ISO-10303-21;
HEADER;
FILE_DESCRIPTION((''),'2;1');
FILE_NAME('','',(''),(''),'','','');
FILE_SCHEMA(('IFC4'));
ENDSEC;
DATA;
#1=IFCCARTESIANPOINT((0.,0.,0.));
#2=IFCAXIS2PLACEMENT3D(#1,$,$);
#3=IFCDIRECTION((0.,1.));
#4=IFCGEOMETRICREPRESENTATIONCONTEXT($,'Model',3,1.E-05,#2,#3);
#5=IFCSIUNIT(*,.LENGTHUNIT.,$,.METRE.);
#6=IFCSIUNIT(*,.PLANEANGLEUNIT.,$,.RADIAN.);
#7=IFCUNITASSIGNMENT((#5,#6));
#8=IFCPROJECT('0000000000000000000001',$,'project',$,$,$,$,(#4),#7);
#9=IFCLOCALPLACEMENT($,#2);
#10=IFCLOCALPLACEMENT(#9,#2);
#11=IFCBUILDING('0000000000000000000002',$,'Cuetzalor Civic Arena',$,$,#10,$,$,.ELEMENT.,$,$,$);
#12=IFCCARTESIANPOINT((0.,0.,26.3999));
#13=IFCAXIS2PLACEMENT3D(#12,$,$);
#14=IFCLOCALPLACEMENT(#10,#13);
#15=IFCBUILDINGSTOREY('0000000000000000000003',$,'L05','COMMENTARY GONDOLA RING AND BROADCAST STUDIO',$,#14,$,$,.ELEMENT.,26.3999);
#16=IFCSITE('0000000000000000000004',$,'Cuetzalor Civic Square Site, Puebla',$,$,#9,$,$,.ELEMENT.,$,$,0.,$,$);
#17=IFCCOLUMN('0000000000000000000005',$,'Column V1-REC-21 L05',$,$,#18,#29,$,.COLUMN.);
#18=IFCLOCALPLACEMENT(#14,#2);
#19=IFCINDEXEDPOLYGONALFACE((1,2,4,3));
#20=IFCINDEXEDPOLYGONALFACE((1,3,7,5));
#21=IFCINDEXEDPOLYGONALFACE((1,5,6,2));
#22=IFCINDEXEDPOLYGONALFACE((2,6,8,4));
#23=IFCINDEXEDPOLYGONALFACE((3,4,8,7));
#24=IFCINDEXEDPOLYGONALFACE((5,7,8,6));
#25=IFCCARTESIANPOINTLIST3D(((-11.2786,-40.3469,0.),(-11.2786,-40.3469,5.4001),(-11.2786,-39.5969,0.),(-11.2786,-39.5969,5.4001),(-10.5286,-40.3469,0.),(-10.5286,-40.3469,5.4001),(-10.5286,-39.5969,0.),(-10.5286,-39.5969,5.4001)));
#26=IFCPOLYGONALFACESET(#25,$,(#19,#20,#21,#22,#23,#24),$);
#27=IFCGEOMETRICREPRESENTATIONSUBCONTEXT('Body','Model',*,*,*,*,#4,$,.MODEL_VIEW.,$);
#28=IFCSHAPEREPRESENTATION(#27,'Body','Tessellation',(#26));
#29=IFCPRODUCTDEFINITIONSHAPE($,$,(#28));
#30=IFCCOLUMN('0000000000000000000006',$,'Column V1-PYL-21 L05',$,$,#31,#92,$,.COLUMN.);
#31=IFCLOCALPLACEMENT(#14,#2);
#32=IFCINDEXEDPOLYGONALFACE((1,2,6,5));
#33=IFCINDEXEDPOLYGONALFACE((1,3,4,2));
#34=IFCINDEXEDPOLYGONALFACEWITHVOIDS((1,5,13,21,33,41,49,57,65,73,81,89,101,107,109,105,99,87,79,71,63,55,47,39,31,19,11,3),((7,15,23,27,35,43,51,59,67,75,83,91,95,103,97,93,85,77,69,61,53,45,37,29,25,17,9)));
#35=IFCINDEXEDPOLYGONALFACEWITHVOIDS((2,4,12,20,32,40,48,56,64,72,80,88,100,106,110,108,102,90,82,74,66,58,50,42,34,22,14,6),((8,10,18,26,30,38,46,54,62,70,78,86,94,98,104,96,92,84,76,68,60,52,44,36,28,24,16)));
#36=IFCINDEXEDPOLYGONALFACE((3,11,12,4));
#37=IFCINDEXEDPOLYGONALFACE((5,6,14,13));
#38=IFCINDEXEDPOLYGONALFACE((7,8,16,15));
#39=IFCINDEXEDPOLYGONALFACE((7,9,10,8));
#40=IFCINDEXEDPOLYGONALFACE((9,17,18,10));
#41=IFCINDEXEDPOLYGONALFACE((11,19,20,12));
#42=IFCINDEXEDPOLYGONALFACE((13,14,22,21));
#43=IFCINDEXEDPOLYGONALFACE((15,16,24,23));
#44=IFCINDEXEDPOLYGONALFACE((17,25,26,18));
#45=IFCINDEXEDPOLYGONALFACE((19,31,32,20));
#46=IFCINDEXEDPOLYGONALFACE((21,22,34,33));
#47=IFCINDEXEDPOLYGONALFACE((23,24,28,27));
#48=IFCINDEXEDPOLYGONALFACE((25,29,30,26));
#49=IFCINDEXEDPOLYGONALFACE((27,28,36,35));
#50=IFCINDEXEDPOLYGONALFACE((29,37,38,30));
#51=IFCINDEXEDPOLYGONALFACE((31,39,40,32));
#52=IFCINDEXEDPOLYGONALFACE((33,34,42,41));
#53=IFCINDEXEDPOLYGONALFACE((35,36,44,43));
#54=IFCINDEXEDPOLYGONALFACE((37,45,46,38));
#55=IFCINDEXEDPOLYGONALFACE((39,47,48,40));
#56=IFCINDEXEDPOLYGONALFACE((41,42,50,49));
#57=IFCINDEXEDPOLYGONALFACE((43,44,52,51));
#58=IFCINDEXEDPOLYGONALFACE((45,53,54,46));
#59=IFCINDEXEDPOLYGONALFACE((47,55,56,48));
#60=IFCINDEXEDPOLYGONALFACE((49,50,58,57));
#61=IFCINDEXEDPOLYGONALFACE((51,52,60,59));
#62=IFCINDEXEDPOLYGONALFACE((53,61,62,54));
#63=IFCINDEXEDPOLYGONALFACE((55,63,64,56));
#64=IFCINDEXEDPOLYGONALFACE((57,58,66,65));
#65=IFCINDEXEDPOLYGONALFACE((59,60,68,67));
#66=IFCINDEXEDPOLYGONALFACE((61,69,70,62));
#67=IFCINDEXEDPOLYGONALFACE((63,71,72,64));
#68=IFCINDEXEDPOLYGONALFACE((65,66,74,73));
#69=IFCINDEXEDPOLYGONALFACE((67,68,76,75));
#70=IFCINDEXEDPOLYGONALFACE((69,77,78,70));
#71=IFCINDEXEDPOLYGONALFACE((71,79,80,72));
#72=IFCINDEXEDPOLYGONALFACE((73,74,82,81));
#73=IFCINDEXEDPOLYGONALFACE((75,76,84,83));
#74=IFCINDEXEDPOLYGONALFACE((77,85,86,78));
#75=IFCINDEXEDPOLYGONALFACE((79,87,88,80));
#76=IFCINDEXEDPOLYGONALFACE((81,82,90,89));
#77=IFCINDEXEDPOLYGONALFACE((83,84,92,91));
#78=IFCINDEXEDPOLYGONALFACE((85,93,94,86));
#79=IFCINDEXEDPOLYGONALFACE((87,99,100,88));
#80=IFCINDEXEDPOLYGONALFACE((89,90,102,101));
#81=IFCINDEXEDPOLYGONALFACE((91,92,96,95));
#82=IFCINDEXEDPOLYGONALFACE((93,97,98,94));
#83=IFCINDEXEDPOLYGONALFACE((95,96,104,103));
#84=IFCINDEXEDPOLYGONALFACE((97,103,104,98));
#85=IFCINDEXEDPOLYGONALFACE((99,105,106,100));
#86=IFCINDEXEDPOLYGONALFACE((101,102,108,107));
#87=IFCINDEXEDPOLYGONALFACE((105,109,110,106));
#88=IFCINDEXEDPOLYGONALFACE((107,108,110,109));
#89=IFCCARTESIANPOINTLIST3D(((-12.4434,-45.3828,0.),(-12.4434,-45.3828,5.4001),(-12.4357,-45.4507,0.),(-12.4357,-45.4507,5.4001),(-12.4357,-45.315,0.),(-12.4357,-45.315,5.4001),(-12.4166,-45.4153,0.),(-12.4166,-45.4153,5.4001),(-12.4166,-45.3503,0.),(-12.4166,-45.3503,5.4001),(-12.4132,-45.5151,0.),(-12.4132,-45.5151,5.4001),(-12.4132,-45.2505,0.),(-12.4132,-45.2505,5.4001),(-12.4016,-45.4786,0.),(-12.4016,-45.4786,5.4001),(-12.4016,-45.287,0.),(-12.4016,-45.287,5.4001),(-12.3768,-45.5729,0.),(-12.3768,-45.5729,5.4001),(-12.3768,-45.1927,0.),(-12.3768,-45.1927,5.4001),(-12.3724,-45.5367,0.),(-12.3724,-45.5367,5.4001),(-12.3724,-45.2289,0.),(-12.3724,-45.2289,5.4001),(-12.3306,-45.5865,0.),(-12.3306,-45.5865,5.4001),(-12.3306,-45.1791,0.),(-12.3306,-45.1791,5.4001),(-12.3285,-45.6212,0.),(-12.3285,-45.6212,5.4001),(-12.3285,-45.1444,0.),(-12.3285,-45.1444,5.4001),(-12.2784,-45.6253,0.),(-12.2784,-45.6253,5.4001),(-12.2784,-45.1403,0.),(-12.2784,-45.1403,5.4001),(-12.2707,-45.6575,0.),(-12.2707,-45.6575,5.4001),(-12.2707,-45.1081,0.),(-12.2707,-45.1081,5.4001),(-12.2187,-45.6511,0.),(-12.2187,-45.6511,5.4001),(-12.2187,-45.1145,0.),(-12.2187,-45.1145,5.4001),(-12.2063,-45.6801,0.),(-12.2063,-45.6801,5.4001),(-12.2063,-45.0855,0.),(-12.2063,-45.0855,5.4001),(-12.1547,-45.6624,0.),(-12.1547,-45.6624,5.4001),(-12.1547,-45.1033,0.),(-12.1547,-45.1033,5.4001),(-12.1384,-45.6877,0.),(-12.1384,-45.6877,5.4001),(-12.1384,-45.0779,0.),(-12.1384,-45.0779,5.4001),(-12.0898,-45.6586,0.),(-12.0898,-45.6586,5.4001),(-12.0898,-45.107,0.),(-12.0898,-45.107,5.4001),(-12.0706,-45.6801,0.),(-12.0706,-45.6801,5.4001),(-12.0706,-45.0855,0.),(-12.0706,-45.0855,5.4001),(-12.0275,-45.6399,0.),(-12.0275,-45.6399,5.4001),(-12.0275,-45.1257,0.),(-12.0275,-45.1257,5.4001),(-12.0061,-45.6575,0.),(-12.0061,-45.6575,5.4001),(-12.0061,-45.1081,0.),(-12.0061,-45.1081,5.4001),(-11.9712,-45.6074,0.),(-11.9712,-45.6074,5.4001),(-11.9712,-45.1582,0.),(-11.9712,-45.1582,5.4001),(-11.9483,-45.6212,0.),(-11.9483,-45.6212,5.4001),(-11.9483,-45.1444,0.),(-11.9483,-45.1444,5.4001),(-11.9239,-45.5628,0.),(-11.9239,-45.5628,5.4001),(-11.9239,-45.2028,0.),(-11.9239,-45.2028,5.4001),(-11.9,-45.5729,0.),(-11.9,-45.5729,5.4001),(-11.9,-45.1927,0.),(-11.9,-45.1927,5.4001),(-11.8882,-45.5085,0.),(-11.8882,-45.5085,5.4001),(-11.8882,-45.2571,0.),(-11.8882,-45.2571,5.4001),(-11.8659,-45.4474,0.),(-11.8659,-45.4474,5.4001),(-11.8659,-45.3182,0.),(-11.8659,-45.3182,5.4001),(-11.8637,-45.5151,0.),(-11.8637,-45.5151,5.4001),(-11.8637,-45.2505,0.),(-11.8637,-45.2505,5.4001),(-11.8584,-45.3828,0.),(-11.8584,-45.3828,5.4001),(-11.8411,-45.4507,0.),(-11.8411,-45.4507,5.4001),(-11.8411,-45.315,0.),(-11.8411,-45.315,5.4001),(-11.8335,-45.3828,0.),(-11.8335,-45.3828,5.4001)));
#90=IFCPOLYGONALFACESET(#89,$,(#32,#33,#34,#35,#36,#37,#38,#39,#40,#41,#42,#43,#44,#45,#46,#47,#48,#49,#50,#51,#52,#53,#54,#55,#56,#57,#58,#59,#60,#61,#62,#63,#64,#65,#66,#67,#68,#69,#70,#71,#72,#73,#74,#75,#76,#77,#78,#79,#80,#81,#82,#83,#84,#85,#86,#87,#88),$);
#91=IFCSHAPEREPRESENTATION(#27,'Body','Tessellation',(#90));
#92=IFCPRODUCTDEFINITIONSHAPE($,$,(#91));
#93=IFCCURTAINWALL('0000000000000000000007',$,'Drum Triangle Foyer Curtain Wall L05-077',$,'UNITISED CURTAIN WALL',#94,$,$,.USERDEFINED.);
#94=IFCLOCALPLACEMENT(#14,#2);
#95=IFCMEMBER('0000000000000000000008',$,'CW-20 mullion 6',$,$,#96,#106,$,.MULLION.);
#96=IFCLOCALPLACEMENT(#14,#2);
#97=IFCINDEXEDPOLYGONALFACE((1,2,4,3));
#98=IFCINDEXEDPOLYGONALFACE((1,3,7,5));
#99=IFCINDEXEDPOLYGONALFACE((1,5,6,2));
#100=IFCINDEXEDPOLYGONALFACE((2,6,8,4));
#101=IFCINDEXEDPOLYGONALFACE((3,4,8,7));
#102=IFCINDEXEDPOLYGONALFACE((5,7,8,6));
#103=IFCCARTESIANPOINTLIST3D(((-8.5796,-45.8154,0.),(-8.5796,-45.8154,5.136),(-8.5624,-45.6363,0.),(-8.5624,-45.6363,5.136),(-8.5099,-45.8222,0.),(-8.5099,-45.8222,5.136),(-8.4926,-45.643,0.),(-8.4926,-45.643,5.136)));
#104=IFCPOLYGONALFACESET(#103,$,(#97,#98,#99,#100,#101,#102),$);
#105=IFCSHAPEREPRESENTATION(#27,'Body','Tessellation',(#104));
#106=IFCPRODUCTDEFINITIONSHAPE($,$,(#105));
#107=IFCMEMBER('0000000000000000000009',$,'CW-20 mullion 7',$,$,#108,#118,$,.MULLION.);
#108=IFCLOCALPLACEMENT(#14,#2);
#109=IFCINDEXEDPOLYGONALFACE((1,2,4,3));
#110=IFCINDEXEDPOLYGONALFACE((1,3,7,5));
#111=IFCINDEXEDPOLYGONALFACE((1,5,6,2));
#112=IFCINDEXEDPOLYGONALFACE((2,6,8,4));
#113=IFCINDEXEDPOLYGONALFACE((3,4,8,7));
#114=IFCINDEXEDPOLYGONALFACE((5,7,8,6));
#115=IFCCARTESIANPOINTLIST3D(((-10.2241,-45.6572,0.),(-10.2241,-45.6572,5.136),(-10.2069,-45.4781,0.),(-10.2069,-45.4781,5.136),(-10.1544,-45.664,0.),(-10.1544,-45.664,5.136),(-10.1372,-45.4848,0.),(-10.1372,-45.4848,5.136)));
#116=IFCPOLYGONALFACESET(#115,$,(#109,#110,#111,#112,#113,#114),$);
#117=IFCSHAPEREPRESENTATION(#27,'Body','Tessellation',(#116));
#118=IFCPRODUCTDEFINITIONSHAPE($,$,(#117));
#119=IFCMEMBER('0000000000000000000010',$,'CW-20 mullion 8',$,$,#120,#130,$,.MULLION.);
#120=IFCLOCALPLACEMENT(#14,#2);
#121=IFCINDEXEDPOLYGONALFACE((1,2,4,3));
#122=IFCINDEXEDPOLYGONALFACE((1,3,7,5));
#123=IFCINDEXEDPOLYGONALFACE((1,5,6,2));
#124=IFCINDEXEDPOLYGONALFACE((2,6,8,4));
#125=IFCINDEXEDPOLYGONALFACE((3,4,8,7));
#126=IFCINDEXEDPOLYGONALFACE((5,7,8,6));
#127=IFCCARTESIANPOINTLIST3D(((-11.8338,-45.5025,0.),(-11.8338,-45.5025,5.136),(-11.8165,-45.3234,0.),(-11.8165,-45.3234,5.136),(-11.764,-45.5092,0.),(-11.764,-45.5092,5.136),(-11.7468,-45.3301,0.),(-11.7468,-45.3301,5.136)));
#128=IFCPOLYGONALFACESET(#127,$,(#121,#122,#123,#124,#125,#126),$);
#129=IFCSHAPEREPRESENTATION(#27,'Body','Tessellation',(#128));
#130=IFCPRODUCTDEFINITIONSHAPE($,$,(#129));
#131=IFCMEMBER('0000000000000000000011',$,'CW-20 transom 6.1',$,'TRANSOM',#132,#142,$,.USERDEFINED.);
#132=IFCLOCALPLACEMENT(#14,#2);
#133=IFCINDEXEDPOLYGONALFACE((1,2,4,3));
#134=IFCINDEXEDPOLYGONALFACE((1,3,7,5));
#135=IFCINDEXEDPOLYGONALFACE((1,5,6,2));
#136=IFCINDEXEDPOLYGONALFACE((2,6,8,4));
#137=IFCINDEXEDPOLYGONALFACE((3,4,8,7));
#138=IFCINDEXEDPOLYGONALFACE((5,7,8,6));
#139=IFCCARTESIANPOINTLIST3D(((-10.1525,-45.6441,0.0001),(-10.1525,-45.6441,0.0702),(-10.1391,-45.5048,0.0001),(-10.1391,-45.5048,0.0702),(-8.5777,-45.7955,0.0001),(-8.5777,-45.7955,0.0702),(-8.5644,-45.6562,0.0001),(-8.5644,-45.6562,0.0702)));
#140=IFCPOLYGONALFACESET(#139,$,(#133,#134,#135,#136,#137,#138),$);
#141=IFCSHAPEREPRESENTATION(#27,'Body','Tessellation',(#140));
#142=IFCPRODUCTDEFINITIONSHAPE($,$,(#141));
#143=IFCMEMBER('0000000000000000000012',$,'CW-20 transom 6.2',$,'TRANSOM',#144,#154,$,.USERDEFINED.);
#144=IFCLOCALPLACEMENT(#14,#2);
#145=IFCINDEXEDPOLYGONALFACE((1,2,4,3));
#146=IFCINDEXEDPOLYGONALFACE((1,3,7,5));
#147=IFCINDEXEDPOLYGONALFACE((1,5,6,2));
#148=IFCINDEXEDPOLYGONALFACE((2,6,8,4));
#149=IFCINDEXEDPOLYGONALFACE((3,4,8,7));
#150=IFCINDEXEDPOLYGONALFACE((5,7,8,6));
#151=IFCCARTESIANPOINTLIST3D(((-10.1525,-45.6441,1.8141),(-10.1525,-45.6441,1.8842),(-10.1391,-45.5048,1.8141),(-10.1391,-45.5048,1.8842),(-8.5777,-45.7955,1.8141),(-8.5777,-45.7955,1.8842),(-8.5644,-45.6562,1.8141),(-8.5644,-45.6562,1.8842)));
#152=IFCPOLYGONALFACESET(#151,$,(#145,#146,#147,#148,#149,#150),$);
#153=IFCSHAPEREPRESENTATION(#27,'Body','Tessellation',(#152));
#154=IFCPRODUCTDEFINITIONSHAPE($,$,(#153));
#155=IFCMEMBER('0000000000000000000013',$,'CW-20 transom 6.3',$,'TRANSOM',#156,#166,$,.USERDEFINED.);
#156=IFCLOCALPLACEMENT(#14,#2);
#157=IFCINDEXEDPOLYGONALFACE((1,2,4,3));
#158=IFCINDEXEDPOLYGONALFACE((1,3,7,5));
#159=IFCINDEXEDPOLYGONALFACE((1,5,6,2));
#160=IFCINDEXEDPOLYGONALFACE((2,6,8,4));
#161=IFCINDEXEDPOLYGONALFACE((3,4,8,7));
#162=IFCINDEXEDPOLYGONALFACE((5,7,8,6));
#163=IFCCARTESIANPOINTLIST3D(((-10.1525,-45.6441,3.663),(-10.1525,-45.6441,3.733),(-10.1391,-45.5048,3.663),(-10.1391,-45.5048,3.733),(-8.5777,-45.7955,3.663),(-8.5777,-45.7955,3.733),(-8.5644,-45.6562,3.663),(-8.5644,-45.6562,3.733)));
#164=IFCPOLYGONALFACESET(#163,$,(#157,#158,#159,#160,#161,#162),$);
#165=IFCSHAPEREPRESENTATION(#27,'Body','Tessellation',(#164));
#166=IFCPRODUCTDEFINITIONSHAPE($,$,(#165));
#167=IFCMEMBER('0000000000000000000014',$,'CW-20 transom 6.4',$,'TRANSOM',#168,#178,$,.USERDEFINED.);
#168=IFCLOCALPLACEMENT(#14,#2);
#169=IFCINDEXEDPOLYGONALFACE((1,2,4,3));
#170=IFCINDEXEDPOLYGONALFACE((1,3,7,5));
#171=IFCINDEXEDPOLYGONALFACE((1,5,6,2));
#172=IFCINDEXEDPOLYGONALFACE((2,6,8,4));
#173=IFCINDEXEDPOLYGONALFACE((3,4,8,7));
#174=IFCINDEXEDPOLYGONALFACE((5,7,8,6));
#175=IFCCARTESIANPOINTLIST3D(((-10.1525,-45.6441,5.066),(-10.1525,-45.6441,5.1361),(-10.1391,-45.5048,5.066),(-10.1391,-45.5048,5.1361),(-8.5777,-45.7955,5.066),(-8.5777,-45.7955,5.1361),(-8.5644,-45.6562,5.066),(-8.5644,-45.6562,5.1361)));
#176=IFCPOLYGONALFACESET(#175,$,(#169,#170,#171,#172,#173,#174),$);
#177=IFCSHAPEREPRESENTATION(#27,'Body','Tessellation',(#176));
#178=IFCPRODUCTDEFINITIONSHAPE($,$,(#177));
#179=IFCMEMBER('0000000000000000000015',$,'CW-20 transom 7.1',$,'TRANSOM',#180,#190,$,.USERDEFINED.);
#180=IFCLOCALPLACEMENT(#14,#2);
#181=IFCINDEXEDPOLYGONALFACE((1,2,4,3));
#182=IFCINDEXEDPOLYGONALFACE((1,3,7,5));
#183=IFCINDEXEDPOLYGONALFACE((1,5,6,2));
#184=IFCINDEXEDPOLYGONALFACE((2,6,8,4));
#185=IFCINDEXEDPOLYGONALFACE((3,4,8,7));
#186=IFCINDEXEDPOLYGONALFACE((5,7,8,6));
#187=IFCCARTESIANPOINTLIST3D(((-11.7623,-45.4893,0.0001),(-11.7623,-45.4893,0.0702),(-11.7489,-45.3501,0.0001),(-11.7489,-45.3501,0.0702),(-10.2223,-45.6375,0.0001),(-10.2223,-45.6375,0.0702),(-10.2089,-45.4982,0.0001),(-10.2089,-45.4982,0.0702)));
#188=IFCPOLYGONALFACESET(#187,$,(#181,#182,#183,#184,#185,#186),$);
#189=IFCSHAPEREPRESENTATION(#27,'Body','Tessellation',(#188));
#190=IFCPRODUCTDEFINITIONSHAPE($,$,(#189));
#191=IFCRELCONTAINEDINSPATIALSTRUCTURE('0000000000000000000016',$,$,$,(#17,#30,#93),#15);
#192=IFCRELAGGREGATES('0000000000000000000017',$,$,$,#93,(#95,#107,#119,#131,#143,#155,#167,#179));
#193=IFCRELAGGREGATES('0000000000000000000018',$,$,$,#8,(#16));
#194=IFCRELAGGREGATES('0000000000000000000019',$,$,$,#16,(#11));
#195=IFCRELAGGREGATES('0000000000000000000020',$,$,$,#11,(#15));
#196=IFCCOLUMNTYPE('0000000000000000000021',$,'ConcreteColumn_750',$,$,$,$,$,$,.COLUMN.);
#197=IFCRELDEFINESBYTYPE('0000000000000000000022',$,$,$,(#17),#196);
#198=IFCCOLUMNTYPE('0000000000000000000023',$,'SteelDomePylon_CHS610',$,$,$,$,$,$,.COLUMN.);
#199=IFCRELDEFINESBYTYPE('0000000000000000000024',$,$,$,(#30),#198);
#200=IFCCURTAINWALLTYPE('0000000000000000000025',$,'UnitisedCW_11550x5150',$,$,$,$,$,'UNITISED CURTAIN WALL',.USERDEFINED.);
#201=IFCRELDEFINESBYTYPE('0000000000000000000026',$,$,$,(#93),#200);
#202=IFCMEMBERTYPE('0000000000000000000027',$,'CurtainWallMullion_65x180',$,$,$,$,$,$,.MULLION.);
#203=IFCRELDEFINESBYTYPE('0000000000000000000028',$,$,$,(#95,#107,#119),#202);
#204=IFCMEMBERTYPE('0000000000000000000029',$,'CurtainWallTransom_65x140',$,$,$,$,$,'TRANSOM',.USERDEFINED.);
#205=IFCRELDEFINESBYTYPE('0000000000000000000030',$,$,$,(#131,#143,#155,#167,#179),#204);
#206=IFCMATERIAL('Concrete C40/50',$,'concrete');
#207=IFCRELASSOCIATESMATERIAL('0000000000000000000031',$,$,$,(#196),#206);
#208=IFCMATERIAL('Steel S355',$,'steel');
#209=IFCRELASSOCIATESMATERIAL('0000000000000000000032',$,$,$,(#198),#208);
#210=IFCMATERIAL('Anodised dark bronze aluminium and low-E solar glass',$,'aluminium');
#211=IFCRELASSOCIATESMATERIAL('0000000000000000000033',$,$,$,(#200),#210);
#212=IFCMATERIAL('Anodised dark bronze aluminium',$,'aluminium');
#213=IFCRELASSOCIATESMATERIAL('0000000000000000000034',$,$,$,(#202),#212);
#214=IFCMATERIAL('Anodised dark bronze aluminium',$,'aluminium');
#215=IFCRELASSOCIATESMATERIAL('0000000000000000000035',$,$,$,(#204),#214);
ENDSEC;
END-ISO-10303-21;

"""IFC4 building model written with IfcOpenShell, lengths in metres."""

from ifc_helpers import new_model, si_unit, direction, frame, origin, origin_2d, place, context, subcontext, project, spatial, rectangle, hollow_circle, extrude, material, material_profile, profile_set, type_object, element, aggregate, save


model = new_model("IFC4")

# Units and contexts
model_context = context("Model", 3, precision=1e-05, world=origin(), true_north=direction((0.0, 1.0)))
body_context = subcontext(model_context, "Body", "Model", "MODEL_VIEW")
ifc_project = project(units=[si_unit("LENGTHUNIT", "METRE"), si_unit("PLANEANGLEUNIT", "RADIAN")], contexts=[model_context])

# Site, building, storey
site_placement = place(None, origin())
site = spatial("IfcSite", under=ifc_project, at=site_placement, Name="Cuetzalor Civic Square Site, Puebla", CompositionType="ELEMENT", RefElevation=0.0)
building_placement = place(site_placement, origin())
building = spatial("IfcBuilding", under=site, at=building_placement, Name="Cuetzalor Civic Arena", CompositionType="ELEMENT")
storey_placement = place(building_placement, frame((0.0, 0.0, 26.3999)))
storey = spatial("IfcBuildingStorey", under=building, at=storey_placement, Name="L05", Description="COMMENTARY GONDOLA RING AND BROADCAST STUDIO", CompositionType="ELEMENT", Elevation=26.3999)

# Columns
ifc_material_1 = material(Name="Concrete C40/50", Category="concrete")
ifc_material_profile_1 = material_profile(ifc_material_1, rectangle(XDim=0.75, YDim=0.75, at=origin_2d()), Name="RC 750x750")
ifc_profile_set_1 = profile_set([ifc_material_profile_1], Name="Concrete C40/50")
column_type_1 = type_object("IfcColumnType", Name="ConcreteColumn_750", PredefinedType="COLUMN", material=ifc_profile_set_1)
column_1_placement = place(storey_placement, frame((-10.9036, -39.9719, 0.0), z_axis=(0.0, 0.0, 1.0), x_axis=(1.0, 0.0, 0.0)))
element("IfcColumn", 1, at=column_1_placement, inside=storey, type_object=column_type_1, Name="Column V1-REC-21 L05", PredefinedType="COLUMN", context=body_context, shape_type="SweptSolid", body=[
    extrude(rectangle(XDim=0.75, YDim=0.75, at=origin_2d()), origin(), (0.0, 0.0, 1.0), 5.4001),
])
ifc_material_2 = material(Name="Steel S355", Category="steel")
ifc_material_profile_2 = material_profile(ifc_material_2, hollow_circle(Radius=0.3049, WallThickness=0.0249, at=origin_2d()), Name="CHS 610x25")
ifc_profile_set_2 = profile_set([ifc_material_profile_2], Name="Steel S355")
column_type_2 = type_object("IfcColumnType", Name="SteelDomePylon_CHS610", PredefinedType="COLUMN", material=ifc_profile_set_2)
column_2_placement = place(storey_placement, frame((-12.1384, -45.3828, 0.0), z_axis=(0.0, 0.0, 1.0), x_axis=(1.0, 0.0, 0.0)))
element("IfcColumn", 2, at=column_2_placement, inside=storey, type_object=column_type_2, Name="Column V1-PYL-21 L05", PredefinedType="COLUMN", context=body_context, shape_type="SweptSolid", body=[
    extrude(hollow_circle(Radius=0.3049, WallThickness=0.0249, at=origin_2d()), origin(), (0.0, 0.0, 1.0), 5.4001),
])

# Curtain wall, members
ifc_material_3 = material(Name="Anodised dark bronze aluminium and low-E solar glass", Category="aluminium")
curtain_wall_type = type_object("IfcCurtainWallType", Name="UnitisedCW_11550x5150", ElementType="UNITISED CURTAIN WALL", PredefinedType="USERDEFINED", material=ifc_material_3)
curtain_wall_placement = place(storey_placement, origin())
curtain_wall = element("IfcCurtainWall", 3, at=curtain_wall_placement, inside=storey, type_object=curtain_wall_type, Name="Drum Triangle Foyer Curtain Wall L05-077", ObjectType="UNITISED CURTAIN WALL", PredefinedType="USERDEFINED")
ifc_material_4 = material(Name="Anodised dark bronze aluminium", Category="aluminium")
ifc_material_profile_3 = material_profile(ifc_material_4, rectangle(XDim=0.0701, YDim=0.1799, at=origin_2d()), Name="ALU MULLION 70x180")
ifc_profile_set_3 = profile_set([ifc_material_profile_3], Name="Anodised dark bronze aluminium")
member_type_1 = type_object("IfcMemberType", Name="CurtainWallMullion_65x180", PredefinedType="MULLION", material=ifc_profile_set_3)
member_1_placement = place(storey_placement, frame((-8.5361, -45.7292, 0.0), z_axis=(0.0, 0.0, 1.0), x_axis=(-0.995409, 0.095711, 0.0)))
member_1 = element("IfcMember", 4, at=member_1_placement, type_object=member_type_1, Name="CW-20 mullion 6", PredefinedType="MULLION", context=body_context, shape_type="SweptSolid", body=[
    extrude(rectangle(XDim=0.0701, YDim=0.1799, at=origin_2d()), origin(), (0.0, 0.0, 1.0), 5.136),
])
member_2_placement = place(storey_placement, frame((-10.1807, -45.571, 0.0), z_axis=(0.0, 0.0, 1.0), x_axis=(-0.995409, 0.095711, 0.0)))
member_2 = element("IfcMember", 5, at=member_2_placement, type_object=member_type_1, Name="CW-20 mullion 7", PredefinedType="MULLION", context=body_context, shape_type="SweptSolid", body=[
    extrude(rectangle(XDim=0.0701, YDim=0.1799, at=origin_2d()), origin(), (0.0, 0.0, 1.0), 5.136),
])
member_3_placement = place(storey_placement, frame((-11.7903, -45.4163, 0.0), z_axis=(0.0, 0.0, 1.0), x_axis=(-0.995409, 0.095711, 0.0)))
member_3 = element("IfcMember", 6, at=member_3_placement, type_object=member_type_1, Name="CW-20 mullion 8", PredefinedType="MULLION", context=body_context, shape_type="SweptSolid", body=[
    extrude(rectangle(XDim=0.0701, YDim=0.1799, at=origin_2d()), origin(), (0.0, 0.0, 1.0), 5.136),
])
ifc_material_5 = material(Name="Anodised dark bronze aluminium", Category="aluminium")
ifc_material_profile_4 = material_profile(ifc_material_5, rectangle(XDim=0.1399, YDim=0.0701, at=origin_2d()), Name="ALU TRANSOM 70x140")
ifc_profile_set_4 = profile_set([ifc_material_profile_4], Name="Anodised dark bronze aluminium")
member_type_2 = type_object("IfcMemberType", Name="CurtainWallTransom_65x140", ElementType="TRANSOM", PredefinedType="USERDEFINED", material=ifc_profile_set_4)
member_4_placement = place(storey_placement, frame((-8.571, -45.7258, 0.0352), z_axis=(-0.995412, 0.095683, 0.0), x_axis=(-0.095683, -0.995412, 0.0)))
member_4 = element("IfcMember", 7, at=member_4_placement, type_object=member_type_2, Name="CW-20 transom 6.1", ObjectType="TRANSOM", PredefinedType="USERDEFINED", context=body_context, shape_type="SweptSolid", body=[
    extrude(rectangle(XDim=0.1399, YDim=0.0701, at=origin_2d()), origin(), (0.0, 0.0, 1.0), 1.582),
])
member_5_placement = place(storey_placement, frame((-8.571, -45.7258, 1.8491), z_axis=(-0.995412, 0.095683, 0.0), x_axis=(-0.095683, -0.995412, 0.0)))
member_5 = element("IfcMember", 8, at=member_5_placement, type_object=member_type_2, Name="CW-20 transom 6.2", ObjectType="TRANSOM", PredefinedType="USERDEFINED", context=body_context, shape_type="SweptSolid", body=[
    extrude(rectangle(XDim=0.1399, YDim=0.0701, at=origin_2d()), origin(), (0.0, 0.0, 1.0), 1.582),
])
member_6_placement = place(storey_placement, frame((-8.571, -45.7258, 3.698), z_axis=(-0.995412, 0.095683, 0.0), x_axis=(-0.095683, -0.995412, 0.0)))
member_6 = element("IfcMember", 9, at=member_6_placement, type_object=member_type_2, Name="CW-20 transom 6.3", ObjectType="TRANSOM", PredefinedType="USERDEFINED", context=body_context, shape_type="SweptSolid", body=[
    extrude(rectangle(XDim=0.1399, YDim=0.0701, at=origin_2d()), origin(), (0.0, 0.0, 1.0), 1.582),
])
member_7_placement = place(storey_placement, frame((-8.571, -45.7258, 5.1011), z_axis=(-0.995412, 0.095683, 0.0), x_axis=(-0.095683, -0.995412, 0.0)))
member_7 = element("IfcMember", 10, at=member_7_placement, type_object=member_type_2, Name="CW-20 transom 6.4", ObjectType="TRANSOM", PredefinedType="USERDEFINED", context=body_context, shape_type="SweptSolid", body=[
    extrude(rectangle(XDim=0.1399, YDim=0.0701, at=origin_2d()), origin(), (0.0, 0.0, 1.0), 1.582),
])
member_8_placement = place(storey_placement, frame((-10.2156, -45.5679, 0.0352), z_axis=(-0.995402, 0.095785, 0.0), x_axis=(-0.095785, -0.995402, 0.0)))
member_8 = element("IfcMember", 11, at=member_8_placement, type_object=member_type_2, Name="CW-20 transom 7.1", ObjectType="TRANSOM", PredefinedType="USERDEFINED", context=body_context, shape_type="SweptSolid", body=[
    extrude(rectangle(XDim=0.1399, YDim=0.0701, at=origin_2d()), origin(), (0.0, 0.0, 1.0), 1.5471),
])
aggregate(curtain_wall, [member_1, member_2, member_3, member_4, member_5, member_6, member_7, member_8])

save(model, "model.ifc")
